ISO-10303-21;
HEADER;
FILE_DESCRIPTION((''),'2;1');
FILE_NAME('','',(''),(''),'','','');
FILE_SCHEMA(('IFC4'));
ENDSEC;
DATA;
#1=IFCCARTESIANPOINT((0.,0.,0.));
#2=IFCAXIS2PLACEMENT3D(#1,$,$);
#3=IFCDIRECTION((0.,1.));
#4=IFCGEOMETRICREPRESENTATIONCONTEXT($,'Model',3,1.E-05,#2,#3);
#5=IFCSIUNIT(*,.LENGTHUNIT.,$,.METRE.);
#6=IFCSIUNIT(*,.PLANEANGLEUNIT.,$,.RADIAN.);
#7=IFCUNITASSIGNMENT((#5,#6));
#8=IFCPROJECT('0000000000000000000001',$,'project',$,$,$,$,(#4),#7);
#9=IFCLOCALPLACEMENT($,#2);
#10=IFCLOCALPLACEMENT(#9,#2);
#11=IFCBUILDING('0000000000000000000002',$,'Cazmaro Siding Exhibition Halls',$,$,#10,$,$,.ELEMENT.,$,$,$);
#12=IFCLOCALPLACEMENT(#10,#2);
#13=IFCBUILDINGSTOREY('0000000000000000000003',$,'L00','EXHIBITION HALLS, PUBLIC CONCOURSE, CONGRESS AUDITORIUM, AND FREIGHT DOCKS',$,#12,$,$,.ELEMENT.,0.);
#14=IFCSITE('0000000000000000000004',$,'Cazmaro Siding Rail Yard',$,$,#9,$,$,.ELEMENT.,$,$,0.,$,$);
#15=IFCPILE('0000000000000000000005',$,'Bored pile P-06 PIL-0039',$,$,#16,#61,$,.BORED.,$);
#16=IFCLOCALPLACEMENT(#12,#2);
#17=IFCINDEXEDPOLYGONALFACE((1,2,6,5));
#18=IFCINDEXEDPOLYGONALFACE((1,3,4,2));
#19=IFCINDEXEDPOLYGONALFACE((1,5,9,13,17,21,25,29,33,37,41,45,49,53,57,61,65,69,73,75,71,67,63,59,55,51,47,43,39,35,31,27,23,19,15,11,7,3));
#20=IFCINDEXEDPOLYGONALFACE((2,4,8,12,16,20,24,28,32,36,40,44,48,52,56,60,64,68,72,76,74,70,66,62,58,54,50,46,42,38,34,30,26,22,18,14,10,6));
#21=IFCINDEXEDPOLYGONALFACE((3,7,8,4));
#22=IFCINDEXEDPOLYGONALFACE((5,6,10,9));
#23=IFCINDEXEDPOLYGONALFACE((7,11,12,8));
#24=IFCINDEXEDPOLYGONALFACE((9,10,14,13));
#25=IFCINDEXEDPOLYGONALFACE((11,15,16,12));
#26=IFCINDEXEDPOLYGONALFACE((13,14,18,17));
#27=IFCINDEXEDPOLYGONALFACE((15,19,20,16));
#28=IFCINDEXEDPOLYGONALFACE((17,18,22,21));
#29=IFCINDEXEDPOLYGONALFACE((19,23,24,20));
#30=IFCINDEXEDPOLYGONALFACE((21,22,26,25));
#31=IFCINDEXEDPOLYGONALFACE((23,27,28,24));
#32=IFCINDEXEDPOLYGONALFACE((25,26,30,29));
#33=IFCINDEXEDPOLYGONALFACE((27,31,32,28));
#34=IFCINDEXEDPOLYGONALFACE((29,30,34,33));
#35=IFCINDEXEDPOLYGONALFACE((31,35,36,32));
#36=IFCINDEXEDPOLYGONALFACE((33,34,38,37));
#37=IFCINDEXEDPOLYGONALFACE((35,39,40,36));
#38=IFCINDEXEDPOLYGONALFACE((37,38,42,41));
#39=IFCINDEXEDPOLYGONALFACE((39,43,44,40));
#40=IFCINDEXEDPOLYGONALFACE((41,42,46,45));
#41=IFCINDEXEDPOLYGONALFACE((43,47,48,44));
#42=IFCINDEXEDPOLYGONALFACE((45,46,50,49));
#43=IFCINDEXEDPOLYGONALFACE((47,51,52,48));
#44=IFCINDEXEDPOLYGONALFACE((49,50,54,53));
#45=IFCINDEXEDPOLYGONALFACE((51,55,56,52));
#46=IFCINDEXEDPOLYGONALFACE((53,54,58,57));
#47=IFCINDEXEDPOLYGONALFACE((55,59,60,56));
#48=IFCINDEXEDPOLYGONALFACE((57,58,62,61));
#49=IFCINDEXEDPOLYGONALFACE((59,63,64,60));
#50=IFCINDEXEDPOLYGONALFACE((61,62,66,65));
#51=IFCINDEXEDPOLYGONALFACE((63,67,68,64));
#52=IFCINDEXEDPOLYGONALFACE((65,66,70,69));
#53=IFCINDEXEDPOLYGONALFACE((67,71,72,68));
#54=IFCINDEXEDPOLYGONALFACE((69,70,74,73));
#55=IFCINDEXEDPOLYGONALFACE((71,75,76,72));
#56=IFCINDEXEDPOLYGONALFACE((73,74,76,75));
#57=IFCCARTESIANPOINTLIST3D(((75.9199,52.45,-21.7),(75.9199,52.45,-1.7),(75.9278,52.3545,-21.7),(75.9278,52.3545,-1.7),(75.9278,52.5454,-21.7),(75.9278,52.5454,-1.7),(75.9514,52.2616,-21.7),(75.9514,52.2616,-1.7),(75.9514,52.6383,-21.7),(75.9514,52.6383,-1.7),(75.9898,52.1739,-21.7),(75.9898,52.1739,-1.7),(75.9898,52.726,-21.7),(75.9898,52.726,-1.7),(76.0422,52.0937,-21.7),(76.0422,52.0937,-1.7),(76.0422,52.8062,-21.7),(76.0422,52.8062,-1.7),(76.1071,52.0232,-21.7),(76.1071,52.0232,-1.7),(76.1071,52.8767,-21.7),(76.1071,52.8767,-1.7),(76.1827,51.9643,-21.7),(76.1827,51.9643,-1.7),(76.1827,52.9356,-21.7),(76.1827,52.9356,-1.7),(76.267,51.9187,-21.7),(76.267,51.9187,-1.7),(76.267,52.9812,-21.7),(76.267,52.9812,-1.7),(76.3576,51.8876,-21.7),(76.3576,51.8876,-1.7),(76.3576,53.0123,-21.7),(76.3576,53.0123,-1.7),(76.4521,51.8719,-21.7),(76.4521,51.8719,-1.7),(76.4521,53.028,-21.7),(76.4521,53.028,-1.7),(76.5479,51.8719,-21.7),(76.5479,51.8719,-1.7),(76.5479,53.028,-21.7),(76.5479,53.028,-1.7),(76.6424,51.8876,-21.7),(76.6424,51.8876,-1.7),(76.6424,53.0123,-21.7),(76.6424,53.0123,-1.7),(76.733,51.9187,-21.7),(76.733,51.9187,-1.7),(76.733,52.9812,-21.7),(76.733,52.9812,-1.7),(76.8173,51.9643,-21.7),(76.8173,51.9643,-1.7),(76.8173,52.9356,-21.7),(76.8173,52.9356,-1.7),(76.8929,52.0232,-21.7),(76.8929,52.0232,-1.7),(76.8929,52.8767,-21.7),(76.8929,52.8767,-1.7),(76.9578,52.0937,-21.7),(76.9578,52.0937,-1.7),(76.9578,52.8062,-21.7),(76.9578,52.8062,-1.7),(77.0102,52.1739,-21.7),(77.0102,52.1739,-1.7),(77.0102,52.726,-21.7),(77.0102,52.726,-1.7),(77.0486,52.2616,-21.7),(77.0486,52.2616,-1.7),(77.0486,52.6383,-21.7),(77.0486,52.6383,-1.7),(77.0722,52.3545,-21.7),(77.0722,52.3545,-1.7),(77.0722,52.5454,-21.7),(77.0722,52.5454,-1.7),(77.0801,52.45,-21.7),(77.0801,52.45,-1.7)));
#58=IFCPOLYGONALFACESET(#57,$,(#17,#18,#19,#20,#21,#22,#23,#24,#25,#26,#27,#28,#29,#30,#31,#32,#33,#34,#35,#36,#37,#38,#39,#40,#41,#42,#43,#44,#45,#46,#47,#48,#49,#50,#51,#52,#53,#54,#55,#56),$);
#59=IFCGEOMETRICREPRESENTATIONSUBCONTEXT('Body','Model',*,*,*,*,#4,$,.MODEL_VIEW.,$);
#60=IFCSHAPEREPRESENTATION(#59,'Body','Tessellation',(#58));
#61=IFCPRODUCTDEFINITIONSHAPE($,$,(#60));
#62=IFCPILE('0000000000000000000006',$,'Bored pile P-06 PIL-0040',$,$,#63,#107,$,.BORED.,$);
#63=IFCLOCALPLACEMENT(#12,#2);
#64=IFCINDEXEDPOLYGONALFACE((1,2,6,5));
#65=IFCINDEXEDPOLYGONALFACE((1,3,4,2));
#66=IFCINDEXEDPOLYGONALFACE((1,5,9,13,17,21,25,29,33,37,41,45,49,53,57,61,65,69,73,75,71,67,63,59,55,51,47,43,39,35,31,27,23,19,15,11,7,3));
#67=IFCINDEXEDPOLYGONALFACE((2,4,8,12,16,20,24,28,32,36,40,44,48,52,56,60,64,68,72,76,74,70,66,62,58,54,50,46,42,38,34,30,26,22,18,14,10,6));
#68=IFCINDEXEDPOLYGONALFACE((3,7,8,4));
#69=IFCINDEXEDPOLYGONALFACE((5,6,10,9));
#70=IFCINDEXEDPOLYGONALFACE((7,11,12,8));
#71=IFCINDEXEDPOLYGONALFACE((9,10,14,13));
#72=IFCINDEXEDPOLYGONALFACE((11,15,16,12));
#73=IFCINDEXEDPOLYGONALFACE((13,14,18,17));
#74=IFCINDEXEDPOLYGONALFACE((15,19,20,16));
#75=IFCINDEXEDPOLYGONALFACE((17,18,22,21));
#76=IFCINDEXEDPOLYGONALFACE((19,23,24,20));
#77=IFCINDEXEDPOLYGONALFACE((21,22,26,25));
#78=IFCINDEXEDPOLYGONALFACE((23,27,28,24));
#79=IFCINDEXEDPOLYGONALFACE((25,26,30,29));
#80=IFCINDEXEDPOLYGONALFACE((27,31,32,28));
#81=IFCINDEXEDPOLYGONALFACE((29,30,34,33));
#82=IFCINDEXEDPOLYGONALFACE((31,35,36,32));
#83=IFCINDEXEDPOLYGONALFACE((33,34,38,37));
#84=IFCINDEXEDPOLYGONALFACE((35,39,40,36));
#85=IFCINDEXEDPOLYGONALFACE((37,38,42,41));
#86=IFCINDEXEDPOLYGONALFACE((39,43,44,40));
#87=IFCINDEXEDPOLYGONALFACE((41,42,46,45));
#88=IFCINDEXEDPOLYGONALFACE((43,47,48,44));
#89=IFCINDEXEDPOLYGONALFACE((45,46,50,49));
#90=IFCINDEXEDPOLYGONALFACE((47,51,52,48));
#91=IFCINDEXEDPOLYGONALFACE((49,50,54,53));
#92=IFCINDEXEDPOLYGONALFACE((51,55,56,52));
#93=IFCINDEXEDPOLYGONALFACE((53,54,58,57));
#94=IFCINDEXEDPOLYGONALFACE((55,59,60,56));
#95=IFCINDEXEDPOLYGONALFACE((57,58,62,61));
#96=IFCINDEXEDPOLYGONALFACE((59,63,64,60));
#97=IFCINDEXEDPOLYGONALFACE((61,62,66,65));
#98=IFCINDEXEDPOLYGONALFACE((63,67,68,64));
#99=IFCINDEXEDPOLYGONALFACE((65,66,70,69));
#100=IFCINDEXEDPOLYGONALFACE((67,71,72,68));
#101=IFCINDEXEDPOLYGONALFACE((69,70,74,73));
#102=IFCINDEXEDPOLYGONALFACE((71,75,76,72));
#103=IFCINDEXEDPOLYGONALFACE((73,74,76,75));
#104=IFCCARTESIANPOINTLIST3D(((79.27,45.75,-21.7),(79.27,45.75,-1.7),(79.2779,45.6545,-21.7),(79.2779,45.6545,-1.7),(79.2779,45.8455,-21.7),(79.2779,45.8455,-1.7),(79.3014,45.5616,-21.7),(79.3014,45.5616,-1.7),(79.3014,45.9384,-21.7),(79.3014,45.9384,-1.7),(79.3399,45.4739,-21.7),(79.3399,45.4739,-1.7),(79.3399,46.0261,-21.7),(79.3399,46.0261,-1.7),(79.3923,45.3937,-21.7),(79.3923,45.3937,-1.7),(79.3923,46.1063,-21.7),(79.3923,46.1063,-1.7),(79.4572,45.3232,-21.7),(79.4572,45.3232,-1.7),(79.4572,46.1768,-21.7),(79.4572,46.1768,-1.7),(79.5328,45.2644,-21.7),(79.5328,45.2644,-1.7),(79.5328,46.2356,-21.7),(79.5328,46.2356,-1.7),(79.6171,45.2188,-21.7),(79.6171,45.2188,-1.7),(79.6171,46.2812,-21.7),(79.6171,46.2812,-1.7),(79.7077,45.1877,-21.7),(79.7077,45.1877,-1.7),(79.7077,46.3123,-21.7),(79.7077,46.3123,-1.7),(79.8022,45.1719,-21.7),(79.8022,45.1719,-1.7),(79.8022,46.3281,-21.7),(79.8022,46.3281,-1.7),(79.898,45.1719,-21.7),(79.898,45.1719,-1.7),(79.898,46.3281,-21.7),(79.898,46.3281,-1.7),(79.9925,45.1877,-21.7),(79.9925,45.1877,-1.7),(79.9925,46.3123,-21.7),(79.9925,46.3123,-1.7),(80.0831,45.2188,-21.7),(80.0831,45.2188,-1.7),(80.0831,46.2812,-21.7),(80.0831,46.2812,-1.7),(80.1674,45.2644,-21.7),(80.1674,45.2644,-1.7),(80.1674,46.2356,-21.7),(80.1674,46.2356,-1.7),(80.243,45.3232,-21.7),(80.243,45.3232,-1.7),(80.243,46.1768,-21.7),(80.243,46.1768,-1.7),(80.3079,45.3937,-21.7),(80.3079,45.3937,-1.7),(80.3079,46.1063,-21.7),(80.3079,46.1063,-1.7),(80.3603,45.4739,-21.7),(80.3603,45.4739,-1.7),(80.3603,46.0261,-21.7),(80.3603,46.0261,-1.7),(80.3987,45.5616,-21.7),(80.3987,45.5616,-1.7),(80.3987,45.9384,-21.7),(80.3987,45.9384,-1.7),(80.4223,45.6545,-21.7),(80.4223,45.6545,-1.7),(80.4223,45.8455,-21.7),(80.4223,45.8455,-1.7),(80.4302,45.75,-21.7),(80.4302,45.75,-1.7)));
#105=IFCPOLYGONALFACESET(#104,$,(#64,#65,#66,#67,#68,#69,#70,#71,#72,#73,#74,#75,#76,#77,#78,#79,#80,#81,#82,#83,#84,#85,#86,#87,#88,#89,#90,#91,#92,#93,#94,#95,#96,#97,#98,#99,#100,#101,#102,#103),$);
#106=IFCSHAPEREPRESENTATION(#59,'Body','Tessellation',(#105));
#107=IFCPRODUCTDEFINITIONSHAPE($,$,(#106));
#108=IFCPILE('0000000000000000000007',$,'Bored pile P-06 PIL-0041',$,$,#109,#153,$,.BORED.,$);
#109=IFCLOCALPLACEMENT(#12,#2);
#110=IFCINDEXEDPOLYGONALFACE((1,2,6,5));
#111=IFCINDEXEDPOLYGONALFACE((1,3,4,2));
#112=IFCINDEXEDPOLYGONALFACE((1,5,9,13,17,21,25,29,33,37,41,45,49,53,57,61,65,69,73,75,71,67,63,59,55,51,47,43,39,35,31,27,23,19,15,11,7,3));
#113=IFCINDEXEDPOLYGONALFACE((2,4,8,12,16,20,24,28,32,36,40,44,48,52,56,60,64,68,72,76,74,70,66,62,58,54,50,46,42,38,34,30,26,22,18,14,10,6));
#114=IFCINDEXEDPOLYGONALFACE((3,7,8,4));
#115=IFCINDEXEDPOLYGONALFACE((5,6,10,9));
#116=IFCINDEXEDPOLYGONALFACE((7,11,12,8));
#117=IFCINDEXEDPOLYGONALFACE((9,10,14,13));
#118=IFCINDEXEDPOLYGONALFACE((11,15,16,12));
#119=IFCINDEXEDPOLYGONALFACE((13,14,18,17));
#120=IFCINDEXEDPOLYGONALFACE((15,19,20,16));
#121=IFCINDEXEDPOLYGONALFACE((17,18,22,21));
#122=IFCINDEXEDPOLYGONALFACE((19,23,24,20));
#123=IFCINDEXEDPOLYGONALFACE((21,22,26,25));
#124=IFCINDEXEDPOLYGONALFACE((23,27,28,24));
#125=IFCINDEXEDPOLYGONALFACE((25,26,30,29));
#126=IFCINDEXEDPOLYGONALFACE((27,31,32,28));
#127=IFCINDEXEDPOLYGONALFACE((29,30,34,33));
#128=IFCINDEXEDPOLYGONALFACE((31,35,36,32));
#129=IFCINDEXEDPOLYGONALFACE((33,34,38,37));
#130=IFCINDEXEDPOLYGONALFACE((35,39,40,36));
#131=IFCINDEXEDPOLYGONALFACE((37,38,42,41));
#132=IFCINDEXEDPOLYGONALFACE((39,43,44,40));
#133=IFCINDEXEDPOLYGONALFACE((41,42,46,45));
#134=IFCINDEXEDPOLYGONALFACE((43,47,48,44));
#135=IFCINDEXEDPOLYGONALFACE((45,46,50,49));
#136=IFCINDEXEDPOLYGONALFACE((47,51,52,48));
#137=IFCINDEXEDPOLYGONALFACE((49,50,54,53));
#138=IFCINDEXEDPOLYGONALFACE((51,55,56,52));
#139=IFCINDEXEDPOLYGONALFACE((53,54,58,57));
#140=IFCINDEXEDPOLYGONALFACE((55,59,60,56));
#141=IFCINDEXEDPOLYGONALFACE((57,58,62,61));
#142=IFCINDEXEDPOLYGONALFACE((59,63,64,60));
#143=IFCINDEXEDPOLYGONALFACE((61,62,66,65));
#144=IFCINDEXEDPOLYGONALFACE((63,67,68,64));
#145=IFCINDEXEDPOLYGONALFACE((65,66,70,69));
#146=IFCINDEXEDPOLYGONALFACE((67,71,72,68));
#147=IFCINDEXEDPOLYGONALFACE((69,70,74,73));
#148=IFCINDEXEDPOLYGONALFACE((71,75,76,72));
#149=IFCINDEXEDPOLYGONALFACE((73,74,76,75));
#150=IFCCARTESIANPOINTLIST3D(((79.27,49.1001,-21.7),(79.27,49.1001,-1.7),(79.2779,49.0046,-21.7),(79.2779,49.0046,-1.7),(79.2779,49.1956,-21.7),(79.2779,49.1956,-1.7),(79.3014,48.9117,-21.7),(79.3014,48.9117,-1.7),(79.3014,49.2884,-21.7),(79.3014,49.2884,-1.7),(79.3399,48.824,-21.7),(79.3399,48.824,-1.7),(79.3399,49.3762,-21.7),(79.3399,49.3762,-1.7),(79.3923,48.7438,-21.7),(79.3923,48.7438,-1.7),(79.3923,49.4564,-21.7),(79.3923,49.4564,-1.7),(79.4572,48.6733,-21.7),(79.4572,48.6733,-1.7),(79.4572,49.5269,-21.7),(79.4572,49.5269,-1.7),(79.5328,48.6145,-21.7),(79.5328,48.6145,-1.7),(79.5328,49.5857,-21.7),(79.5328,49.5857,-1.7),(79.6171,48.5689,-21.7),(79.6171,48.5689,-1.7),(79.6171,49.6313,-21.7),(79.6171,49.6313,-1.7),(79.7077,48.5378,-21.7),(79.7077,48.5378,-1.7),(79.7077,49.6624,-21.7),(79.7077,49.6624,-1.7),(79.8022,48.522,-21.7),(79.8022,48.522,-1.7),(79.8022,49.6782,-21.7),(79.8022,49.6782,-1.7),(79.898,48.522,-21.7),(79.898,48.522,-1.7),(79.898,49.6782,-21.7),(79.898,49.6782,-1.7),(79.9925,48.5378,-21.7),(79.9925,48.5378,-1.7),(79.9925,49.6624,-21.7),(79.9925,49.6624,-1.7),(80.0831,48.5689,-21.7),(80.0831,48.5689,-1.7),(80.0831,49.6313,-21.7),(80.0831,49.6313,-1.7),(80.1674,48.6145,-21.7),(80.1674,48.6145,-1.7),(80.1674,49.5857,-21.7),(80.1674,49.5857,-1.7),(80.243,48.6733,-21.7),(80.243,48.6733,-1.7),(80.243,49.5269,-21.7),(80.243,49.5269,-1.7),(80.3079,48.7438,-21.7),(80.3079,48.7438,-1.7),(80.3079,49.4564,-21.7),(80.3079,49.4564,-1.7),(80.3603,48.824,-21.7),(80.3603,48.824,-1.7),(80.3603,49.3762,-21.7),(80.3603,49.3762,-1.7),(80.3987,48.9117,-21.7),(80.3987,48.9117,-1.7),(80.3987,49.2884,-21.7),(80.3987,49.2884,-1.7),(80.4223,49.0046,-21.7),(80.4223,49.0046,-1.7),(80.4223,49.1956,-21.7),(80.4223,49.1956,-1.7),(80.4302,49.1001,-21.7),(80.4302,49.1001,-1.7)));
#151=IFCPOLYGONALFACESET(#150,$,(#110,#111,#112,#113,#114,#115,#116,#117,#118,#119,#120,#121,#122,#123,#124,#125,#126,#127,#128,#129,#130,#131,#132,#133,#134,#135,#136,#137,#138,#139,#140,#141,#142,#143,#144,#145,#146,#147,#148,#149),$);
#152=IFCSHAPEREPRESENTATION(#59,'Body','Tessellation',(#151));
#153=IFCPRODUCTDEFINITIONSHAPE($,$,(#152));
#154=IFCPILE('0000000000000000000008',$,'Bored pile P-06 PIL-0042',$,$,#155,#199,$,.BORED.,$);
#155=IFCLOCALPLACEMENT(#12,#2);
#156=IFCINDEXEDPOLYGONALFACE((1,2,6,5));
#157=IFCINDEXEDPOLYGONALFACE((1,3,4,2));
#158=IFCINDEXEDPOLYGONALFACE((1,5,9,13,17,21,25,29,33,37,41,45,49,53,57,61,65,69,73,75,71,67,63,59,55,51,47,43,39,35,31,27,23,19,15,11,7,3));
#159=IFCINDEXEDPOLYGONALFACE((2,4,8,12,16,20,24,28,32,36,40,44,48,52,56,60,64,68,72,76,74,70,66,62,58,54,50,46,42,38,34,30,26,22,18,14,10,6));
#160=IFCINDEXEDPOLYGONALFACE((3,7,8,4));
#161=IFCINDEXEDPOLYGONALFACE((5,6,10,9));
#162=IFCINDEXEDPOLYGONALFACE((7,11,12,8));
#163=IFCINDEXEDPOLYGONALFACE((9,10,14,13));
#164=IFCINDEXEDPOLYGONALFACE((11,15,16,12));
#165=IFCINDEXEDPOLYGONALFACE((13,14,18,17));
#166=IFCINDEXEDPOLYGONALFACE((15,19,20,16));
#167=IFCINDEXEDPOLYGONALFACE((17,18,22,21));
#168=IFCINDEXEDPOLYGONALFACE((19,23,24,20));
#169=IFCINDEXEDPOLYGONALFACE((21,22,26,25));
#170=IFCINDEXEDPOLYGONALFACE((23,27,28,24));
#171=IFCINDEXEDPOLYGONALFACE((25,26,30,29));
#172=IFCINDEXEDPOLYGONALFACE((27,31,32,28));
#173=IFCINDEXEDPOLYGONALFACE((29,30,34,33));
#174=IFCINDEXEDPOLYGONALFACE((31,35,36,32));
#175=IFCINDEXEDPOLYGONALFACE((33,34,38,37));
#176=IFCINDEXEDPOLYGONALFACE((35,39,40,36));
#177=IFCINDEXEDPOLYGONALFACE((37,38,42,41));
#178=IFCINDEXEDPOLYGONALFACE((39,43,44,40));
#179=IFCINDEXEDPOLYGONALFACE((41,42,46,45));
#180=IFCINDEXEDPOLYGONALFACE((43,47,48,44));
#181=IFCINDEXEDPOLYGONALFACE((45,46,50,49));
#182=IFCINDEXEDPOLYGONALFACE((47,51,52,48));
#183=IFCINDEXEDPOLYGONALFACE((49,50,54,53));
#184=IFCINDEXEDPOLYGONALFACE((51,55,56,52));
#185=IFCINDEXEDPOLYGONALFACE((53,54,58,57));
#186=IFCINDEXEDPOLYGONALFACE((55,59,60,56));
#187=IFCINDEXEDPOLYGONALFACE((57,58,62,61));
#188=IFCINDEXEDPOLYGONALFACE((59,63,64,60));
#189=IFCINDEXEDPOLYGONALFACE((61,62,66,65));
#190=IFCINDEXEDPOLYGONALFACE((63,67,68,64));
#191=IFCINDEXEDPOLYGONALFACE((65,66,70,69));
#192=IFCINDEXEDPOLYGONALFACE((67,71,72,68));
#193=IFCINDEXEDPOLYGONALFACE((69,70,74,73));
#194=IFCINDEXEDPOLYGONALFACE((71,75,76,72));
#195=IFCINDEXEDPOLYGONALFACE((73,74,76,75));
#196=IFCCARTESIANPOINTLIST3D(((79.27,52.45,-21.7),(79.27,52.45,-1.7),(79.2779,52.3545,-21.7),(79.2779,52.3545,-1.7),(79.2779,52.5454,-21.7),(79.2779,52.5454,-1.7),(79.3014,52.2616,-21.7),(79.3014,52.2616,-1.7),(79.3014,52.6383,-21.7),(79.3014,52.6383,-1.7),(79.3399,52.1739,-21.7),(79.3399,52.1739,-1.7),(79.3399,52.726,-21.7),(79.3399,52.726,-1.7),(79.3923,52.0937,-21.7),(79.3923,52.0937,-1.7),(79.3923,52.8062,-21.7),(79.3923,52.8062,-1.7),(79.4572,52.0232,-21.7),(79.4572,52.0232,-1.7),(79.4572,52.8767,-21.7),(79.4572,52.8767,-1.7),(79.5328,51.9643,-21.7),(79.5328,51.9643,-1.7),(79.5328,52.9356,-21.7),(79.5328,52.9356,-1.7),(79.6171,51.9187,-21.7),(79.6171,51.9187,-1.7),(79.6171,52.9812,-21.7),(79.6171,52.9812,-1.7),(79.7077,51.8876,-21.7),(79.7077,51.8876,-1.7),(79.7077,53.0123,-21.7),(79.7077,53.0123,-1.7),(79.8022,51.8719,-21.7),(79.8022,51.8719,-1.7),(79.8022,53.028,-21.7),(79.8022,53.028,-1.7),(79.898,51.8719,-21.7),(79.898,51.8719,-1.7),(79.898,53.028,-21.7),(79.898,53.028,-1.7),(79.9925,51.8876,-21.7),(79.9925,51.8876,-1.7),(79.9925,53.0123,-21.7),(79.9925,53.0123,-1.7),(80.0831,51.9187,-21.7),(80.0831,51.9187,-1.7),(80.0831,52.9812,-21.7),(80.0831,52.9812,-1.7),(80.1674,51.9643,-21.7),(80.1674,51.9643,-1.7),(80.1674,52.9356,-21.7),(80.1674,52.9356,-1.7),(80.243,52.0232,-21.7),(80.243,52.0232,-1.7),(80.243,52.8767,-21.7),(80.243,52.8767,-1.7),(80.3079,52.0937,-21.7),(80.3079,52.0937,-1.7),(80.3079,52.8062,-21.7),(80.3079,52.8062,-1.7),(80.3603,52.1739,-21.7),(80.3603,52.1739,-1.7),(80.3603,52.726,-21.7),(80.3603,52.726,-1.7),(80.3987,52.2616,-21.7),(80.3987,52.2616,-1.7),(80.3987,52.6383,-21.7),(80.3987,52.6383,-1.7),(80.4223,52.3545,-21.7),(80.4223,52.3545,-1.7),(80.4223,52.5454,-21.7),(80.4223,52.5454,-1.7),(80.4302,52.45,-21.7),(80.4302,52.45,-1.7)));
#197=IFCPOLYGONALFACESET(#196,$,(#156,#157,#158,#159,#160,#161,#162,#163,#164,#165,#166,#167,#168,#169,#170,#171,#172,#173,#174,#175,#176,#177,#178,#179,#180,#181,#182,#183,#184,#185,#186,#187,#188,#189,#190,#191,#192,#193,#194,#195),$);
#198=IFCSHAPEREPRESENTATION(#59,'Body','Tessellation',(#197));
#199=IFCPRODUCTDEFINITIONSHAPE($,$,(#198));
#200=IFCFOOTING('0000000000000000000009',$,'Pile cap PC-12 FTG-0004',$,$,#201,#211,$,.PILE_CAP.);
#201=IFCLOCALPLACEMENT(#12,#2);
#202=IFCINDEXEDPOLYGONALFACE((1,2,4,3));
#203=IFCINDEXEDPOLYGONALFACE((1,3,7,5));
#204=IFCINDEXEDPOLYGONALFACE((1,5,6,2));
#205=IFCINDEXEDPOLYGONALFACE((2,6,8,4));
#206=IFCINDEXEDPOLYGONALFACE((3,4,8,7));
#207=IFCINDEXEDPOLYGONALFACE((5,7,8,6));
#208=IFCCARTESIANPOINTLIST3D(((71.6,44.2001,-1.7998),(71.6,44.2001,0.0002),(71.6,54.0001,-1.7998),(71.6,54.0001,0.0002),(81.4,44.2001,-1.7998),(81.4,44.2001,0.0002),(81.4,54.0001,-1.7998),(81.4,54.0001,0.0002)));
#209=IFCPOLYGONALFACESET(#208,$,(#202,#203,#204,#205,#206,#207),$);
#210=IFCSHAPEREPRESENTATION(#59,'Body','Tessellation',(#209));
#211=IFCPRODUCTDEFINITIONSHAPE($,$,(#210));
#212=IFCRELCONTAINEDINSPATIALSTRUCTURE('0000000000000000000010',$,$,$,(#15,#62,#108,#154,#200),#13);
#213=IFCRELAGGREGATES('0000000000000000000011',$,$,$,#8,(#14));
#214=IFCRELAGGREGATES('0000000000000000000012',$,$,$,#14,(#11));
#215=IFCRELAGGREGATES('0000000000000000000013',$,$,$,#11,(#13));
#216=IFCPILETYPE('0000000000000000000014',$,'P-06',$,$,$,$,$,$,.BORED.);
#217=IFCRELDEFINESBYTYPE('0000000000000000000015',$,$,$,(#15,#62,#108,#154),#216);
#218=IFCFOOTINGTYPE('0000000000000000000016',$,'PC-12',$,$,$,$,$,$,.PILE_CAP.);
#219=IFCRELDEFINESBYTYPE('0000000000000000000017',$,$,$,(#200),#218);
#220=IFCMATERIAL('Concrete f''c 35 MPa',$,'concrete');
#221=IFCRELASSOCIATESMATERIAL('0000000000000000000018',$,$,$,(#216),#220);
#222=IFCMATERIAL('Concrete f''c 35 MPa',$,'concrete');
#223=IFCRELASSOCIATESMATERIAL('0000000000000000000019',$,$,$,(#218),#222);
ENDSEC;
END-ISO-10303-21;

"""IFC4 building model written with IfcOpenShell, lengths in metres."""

from ifc_helpers import new_model, si_unit, direction, frame, origin, origin_2d, place, context, subcontext, project, spatial, rectangle, circle, extrude, material, material_profile, profile_set, type_object, element, save


model = new_model("IFC4")

# Units and contexts
model_context = context("Model", 3, precision=1e-05, world=origin(), true_north=direction((0.0, 1.0)))
body_context = subcontext(model_context, "Body", "Model", "MODEL_VIEW")
ifc_project = project(units=[si_unit("LENGTHUNIT", "METRE"), si_unit("PLANEANGLEUNIT", "RADIAN")], contexts=[model_context])

# Site, building, storey
site_placement = place(None, origin())
site = spatial("IfcSite", under=ifc_project, at=site_placement, Name="Cazmaro Siding Rail Yard", CompositionType="ELEMENT", RefElevation=0.0)
building_placement = place(site_placement, origin())
building = spatial("IfcBuilding", under=site, at=building_placement, Name="Cazmaro Siding Exhibition Halls", CompositionType="ELEMENT")
storey_placement = place(building_placement, origin())
storey = spatial("IfcBuildingStorey", under=building, at=storey_placement, Name="L00", Description="EXHIBITION HALLS, PUBLIC CONCOURSE, CONGRESS AUDITORIUM, AND FREIGHT DOCKS", CompositionType="ELEMENT", Elevation=0.0)

# Piles
ifc_material_1 = material(Name="Concrete f'c 35 MPa", Category="concrete")
ifc_material_profile_1 = material_profile(ifc_material_1, circle(Radius=0.5801, at=origin_2d()), Name="CIDH-1160")
ifc_profile_set_1 = profile_set([ifc_material_profile_1], Name="Concrete f'c 35 MPa")
pile_type = type_object("IfcPileType", Name="P-06", PredefinedType="BORED", material=ifc_profile_set_1)
for number, where, z_axis, x_axis, name in (
    (1, (76.5, 52.45, -1.7), (0.0, 0.0, -1.0), (1.0, 0.0, 0.0), "Bored pile P-06 PIL-0039"),
    (2, (79.8501, 45.75, -1.7), (0.0, 0.0, -1.0), (1.0, 0.0, 0.0), "Bored pile P-06 PIL-0040"),
    (3, (79.8501, 49.1001, -1.7), (0.0, 0.0, -1.0), (1.0, 0.0, 0.0), "Bored pile P-06 PIL-0041"),
    (4, (79.8501, 52.45, -1.7), (0.0, 0.0, -1.0), (1.0, 0.0, 0.0), "Bored pile P-06 PIL-0042"),
):
    element("IfcPile", number, at=place(storey_placement, frame(where, z_axis=z_axis, x_axis=x_axis)), inside=storey, type_object=pile_type, Name=name, PredefinedType="BORED", context=body_context, shape_type="SweptSolid", body=[
        extrude(circle(Radius=0.5801, at=origin_2d()), origin(), (0.0, 0.0, 1.0), 20.0),
    ])

# Footing
ifc_material_2 = material(Name="Concrete f'c 35 MPa", Category="concrete")
footing_type = type_object("IfcFootingType", Name="PC-12", PredefinedType="PILE_CAP", material=ifc_material_2)
footing_placement = place(storey_placement, frame((76.5, 49.1001, -1.7998), z_axis=(0.0, 0.0, 1.0), x_axis=(1.0, 0.0, 0.0)))
element("IfcFooting", 5, at=footing_placement, inside=storey, type_object=footing_type, Name="Pile cap PC-12 FTG-0004", PredefinedType="PILE_CAP", context=body_context, shape_type="SweptSolid", body=[
    extrude(rectangle(XDim=9.8, YDim=9.8, at=origin_2d()), origin(), (0.0, 0.0, 1.0), 1.8),
])

save(model, "model.ifc")
